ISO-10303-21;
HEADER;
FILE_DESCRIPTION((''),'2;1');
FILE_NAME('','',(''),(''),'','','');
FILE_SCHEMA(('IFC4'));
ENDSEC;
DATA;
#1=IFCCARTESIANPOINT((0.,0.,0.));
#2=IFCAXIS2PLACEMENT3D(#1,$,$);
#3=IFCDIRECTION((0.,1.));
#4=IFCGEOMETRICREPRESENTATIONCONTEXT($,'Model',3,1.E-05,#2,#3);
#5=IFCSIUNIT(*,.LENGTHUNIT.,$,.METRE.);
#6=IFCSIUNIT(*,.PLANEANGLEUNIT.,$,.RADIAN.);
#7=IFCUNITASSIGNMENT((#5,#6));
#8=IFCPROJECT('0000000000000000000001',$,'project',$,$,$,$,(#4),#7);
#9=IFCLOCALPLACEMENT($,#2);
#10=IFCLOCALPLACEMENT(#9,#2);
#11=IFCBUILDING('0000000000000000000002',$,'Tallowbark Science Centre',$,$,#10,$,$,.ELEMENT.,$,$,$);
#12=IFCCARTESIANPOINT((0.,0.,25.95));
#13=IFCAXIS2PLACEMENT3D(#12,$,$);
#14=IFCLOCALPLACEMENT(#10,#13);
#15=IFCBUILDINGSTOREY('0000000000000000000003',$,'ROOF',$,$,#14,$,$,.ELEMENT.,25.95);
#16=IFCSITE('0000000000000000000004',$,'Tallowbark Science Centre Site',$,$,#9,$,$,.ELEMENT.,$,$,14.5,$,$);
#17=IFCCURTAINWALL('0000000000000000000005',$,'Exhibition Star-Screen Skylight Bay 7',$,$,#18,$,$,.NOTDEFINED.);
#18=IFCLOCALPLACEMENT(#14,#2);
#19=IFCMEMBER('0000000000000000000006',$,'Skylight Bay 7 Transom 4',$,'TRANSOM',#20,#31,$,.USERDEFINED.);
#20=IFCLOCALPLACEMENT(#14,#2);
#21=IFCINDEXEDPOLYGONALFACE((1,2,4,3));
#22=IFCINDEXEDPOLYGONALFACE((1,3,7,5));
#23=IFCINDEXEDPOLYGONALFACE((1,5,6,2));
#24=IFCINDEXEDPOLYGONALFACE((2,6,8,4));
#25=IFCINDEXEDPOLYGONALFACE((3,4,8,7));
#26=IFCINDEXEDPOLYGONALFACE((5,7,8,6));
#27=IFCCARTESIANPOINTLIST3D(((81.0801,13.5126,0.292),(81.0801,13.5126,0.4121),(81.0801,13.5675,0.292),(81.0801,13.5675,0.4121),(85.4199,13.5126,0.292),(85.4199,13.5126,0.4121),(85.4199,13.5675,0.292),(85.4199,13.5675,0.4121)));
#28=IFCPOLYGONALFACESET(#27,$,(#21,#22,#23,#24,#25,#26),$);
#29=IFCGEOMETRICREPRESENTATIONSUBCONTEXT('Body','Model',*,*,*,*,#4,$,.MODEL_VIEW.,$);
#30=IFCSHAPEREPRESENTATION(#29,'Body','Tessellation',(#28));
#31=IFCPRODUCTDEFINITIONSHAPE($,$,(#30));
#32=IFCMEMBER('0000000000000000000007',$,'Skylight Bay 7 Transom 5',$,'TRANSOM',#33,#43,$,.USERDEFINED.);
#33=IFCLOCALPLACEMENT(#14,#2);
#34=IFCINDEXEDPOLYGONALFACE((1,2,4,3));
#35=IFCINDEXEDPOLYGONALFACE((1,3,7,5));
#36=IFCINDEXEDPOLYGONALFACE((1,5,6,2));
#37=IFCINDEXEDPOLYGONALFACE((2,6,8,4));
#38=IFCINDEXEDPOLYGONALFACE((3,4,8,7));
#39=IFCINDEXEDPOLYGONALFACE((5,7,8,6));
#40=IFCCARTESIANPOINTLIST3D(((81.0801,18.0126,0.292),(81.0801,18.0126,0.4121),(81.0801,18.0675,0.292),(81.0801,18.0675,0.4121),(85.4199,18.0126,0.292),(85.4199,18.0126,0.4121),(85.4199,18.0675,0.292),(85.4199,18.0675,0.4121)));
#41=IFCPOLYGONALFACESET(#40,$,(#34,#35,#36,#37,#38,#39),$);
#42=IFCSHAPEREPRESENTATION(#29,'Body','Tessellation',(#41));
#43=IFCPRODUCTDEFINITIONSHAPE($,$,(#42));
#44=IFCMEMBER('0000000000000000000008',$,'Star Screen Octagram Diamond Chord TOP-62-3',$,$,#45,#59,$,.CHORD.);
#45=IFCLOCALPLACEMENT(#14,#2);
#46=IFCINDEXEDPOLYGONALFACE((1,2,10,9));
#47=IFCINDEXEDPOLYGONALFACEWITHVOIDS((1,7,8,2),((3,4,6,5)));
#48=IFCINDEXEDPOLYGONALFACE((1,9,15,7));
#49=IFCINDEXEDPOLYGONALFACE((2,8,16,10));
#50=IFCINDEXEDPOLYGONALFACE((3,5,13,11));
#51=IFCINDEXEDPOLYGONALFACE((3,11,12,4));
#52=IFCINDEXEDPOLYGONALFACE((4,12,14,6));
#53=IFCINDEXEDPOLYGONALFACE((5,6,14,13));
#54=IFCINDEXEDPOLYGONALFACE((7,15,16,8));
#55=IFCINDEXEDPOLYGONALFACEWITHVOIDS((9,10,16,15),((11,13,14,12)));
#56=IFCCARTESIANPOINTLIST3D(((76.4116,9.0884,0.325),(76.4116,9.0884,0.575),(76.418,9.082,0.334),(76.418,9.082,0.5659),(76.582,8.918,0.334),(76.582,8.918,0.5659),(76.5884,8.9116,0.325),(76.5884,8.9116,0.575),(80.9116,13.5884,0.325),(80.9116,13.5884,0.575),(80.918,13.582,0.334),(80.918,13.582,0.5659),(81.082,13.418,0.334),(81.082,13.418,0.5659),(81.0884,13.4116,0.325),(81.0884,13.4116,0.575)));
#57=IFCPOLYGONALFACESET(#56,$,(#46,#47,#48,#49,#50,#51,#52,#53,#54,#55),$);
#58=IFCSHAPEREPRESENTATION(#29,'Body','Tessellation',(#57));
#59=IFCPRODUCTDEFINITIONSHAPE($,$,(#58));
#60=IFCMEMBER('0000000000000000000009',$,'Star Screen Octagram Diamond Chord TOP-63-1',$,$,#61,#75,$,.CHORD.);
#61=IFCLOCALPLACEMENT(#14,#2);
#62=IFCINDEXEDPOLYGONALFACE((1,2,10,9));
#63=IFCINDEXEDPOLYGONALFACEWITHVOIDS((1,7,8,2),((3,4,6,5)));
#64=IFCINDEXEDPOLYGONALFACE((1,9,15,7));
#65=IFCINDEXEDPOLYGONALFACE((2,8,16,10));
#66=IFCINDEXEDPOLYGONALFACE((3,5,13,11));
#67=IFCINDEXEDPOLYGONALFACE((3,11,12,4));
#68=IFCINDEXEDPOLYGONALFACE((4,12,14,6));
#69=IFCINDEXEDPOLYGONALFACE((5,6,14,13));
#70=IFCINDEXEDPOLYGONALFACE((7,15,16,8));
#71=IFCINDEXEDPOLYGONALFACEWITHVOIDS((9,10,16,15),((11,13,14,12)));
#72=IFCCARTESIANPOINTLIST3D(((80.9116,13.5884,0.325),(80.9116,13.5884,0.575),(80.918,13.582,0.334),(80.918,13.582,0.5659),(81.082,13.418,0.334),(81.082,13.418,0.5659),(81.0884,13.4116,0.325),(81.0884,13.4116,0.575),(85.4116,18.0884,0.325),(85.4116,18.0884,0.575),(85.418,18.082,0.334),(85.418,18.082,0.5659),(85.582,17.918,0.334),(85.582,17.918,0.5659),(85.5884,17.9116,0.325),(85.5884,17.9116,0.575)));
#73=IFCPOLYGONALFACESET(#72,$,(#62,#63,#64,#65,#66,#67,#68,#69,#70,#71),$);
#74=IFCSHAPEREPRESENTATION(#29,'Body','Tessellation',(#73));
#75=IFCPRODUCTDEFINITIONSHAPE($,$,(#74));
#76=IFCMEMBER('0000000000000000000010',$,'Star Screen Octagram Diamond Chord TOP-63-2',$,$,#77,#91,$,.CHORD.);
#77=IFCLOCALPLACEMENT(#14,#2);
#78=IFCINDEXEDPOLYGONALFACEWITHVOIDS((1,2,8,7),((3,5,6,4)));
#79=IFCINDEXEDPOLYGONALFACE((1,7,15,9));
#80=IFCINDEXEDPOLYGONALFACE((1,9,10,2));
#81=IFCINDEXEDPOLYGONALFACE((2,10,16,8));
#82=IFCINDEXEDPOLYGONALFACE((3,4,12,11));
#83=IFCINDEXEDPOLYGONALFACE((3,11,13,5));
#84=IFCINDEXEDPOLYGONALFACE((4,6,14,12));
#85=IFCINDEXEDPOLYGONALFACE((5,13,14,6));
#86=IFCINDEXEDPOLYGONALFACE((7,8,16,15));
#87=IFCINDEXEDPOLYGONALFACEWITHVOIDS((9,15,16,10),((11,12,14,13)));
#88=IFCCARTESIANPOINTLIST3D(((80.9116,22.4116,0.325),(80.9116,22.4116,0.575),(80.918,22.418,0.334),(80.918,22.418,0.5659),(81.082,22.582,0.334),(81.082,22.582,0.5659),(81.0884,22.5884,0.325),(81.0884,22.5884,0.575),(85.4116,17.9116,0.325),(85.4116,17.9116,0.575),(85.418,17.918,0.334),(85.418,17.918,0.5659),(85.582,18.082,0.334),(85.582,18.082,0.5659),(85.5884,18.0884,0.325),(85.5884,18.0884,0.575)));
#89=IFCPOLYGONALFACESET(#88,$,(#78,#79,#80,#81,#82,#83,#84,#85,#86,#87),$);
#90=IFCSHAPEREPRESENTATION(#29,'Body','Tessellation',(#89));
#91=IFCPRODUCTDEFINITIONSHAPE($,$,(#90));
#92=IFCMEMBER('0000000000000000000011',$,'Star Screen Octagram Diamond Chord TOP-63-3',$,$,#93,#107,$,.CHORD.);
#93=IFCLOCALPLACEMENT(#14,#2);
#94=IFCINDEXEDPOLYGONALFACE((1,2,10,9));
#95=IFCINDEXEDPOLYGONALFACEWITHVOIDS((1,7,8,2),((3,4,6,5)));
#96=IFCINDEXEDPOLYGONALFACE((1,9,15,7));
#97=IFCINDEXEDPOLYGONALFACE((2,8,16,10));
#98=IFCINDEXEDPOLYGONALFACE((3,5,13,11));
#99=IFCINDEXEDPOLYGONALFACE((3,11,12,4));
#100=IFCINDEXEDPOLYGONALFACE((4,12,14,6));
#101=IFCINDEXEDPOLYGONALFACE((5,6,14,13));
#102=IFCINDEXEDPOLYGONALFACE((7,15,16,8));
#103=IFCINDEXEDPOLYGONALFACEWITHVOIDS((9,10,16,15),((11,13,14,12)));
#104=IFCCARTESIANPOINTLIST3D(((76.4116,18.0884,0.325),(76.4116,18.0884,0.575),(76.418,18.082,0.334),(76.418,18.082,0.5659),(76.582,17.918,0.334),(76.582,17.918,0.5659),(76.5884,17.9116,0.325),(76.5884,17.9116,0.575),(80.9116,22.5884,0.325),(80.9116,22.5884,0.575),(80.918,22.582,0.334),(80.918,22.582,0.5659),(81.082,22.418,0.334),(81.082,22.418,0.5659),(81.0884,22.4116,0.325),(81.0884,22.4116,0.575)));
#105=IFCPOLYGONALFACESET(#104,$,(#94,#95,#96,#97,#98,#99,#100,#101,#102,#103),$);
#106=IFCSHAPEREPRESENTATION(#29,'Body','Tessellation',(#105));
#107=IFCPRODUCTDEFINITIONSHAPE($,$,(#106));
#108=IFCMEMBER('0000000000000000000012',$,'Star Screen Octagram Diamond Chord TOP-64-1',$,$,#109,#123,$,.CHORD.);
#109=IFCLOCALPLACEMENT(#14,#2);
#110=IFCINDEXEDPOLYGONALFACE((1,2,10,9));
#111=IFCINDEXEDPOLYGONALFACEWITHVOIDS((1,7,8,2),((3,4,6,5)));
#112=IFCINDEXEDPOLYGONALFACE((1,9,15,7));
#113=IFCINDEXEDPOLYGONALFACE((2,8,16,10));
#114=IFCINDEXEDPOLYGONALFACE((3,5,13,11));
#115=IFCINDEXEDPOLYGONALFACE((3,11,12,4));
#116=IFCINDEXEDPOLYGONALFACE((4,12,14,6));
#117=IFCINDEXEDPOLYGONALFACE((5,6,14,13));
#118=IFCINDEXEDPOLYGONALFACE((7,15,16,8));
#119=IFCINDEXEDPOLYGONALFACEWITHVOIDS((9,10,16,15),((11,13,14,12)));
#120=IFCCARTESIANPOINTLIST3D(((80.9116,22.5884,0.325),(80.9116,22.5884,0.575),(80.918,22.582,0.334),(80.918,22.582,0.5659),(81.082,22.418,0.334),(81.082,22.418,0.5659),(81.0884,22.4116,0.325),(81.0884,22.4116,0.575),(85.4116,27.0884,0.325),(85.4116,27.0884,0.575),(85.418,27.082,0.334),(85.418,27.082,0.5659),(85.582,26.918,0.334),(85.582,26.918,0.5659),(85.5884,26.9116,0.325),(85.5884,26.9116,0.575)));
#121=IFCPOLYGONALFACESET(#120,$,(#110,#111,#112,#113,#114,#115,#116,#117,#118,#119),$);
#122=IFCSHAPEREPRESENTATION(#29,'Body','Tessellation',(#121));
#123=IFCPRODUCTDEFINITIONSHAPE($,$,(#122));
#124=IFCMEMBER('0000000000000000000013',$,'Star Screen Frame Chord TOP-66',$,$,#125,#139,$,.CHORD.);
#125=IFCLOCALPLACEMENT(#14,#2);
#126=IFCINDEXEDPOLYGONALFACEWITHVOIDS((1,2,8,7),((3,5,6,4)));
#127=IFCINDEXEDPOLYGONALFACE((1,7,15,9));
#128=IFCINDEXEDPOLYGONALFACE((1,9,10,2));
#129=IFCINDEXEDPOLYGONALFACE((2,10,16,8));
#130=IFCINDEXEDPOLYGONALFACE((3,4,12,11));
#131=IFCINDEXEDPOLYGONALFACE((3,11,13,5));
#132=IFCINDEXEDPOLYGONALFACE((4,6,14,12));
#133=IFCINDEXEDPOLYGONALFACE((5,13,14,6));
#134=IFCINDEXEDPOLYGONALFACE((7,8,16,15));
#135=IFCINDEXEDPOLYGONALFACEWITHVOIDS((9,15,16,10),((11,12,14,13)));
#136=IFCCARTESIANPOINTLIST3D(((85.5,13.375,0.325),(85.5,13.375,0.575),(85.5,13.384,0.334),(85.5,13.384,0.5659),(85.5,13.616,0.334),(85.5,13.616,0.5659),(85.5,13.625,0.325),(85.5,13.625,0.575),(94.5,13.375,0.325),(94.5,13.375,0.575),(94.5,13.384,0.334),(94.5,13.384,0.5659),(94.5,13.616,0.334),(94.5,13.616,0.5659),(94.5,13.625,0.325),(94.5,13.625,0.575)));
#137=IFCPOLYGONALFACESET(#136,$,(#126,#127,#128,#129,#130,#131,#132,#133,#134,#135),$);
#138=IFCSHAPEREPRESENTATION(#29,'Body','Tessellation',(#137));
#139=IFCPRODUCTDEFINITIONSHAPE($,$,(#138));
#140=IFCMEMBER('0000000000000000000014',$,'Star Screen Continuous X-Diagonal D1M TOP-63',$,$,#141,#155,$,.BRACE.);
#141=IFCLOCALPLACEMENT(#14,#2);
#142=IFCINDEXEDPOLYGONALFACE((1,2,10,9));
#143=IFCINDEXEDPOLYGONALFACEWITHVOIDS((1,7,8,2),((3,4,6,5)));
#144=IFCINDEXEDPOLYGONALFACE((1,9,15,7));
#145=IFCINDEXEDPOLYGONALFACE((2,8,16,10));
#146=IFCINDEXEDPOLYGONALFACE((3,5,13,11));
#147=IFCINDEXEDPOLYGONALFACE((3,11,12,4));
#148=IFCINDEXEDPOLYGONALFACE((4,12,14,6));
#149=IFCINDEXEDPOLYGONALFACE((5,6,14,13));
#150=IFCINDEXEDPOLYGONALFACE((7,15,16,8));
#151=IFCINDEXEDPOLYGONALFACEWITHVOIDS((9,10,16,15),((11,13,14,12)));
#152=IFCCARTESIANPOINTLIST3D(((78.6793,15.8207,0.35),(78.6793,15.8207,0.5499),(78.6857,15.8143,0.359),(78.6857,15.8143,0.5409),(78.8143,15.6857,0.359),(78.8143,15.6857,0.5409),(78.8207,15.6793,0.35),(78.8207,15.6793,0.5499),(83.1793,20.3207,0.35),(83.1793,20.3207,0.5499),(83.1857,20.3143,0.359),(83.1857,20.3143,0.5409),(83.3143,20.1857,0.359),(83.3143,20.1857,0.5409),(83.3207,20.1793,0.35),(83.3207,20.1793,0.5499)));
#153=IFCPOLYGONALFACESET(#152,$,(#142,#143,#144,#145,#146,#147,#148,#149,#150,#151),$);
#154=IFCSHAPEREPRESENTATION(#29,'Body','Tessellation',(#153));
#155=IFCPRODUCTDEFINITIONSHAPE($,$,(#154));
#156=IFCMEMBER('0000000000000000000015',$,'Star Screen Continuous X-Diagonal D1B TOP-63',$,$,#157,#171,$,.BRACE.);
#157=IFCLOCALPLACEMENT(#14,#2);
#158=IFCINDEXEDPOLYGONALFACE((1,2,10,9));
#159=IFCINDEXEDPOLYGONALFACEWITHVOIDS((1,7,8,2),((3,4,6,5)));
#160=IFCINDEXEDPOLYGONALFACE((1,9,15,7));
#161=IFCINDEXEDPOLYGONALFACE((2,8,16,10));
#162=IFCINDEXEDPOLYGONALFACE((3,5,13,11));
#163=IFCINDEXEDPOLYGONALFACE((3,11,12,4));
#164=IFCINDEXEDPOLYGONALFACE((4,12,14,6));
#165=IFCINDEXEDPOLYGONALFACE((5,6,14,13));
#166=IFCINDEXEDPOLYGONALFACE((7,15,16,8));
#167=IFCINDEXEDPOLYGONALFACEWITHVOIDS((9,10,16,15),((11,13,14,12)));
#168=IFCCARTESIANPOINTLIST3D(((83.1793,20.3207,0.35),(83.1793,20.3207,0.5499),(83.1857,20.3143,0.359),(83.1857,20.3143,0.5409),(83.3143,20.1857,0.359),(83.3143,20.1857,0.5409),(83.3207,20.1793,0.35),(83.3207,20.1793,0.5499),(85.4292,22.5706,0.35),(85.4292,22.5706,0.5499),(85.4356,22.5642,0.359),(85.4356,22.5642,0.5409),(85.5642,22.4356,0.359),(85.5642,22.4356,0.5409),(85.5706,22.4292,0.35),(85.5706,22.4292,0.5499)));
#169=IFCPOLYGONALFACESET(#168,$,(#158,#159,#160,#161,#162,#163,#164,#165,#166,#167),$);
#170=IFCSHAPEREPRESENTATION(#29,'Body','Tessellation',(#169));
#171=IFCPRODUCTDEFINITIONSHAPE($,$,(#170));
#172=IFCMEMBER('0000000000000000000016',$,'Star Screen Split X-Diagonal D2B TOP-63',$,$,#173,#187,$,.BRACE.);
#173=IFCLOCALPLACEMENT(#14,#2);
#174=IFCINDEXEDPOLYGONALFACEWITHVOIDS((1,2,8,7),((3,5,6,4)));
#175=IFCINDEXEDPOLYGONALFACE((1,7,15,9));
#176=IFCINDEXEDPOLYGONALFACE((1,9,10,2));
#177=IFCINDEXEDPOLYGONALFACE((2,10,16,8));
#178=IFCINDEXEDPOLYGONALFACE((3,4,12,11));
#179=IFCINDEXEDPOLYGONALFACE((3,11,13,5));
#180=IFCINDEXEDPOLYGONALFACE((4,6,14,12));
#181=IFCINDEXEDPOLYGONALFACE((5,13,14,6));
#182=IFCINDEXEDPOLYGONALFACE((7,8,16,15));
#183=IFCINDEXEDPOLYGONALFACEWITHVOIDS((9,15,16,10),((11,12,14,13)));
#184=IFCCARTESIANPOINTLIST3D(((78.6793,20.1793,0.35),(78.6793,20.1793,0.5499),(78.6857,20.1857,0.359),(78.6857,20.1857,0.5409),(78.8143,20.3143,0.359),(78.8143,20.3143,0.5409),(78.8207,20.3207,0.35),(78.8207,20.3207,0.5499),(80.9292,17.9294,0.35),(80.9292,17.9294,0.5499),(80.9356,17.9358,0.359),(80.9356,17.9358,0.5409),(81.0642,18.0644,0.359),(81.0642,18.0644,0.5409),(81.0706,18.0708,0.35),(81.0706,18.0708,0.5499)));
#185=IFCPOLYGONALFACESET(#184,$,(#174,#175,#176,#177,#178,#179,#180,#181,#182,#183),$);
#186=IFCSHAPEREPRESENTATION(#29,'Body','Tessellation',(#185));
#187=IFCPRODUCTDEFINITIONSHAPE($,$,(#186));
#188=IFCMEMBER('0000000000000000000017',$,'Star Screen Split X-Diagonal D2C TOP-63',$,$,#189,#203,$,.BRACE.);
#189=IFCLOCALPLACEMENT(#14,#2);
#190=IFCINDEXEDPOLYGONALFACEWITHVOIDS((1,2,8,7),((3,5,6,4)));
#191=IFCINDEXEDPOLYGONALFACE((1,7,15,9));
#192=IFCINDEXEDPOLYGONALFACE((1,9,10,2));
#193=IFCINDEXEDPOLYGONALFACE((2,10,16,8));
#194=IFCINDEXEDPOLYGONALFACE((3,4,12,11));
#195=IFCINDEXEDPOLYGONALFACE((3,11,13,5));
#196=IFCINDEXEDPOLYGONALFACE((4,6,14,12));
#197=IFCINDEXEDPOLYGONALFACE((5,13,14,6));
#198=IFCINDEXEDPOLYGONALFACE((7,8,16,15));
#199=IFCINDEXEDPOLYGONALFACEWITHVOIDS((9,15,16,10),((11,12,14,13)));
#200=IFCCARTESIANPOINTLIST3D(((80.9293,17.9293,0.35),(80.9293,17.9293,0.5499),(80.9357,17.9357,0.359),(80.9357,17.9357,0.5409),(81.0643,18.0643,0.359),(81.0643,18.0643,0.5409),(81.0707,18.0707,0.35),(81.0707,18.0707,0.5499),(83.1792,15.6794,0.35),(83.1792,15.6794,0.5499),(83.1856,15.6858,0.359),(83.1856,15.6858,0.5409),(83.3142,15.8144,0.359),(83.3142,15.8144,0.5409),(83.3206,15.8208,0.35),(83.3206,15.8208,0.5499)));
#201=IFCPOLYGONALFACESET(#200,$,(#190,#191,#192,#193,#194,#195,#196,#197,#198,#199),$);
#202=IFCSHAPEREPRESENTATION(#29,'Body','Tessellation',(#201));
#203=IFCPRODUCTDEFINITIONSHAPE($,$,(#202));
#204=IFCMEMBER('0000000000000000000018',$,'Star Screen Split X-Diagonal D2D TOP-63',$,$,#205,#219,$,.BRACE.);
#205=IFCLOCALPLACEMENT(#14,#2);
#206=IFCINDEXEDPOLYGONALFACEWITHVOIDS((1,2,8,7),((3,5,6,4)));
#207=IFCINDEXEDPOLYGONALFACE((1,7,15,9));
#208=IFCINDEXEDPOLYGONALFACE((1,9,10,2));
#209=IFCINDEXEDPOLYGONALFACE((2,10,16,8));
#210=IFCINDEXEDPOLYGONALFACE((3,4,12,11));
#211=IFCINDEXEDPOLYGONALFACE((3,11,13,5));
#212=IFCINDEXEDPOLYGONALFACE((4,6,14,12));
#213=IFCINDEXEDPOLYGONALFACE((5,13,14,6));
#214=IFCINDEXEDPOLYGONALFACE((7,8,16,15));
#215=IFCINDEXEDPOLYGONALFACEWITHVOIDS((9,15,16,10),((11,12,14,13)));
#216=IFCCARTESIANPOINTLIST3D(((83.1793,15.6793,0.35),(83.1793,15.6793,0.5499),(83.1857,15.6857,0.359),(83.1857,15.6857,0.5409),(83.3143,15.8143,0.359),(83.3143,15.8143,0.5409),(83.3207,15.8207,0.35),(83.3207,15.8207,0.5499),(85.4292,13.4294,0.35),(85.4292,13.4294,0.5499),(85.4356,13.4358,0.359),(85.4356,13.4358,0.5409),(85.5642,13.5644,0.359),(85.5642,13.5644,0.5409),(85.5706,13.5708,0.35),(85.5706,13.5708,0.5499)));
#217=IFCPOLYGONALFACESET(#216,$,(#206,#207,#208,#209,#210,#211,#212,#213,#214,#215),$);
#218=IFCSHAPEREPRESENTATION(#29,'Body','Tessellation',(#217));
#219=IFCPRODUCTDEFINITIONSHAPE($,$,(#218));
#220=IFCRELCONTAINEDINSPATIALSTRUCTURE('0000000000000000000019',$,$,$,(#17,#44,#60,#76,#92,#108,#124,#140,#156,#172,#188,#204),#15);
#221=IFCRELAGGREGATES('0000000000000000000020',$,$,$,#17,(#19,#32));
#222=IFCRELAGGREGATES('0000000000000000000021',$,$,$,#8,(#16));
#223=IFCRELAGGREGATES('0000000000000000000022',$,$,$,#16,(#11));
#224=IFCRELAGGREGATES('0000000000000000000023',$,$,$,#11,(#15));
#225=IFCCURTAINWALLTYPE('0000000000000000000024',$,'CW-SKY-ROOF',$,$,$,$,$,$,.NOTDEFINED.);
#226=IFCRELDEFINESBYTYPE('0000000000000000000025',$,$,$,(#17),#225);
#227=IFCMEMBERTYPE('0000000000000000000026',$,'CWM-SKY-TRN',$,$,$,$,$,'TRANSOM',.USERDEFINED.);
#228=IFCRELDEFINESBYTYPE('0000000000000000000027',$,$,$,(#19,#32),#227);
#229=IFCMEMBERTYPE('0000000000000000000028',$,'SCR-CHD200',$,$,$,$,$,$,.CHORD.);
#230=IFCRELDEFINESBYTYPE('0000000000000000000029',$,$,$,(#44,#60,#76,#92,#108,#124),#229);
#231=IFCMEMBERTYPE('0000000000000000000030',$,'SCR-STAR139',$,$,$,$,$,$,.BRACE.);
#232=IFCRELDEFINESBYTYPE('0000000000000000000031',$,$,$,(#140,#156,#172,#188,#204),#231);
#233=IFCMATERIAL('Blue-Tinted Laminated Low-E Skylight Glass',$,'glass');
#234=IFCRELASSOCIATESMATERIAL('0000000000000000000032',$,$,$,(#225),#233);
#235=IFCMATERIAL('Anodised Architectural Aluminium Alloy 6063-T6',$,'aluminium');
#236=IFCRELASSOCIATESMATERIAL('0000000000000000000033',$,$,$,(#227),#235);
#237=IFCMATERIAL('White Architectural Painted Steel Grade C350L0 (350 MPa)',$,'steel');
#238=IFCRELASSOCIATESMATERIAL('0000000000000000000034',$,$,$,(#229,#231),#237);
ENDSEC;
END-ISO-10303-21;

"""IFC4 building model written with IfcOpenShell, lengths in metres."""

from ifc_helpers import new_model, si_unit, direction, frame, origin, origin_2d, place, context, subcontext, project, spatial, rectangle, hollow_rectangle, extrude, material, material_profile, profile_set, type_object, element, aggregate, save


model = new_model("IFC4")

# Units and contexts
model_context = context("Model", 3, precision=1e-05, world=origin(), true_north=direction((0.0, 1.0)))
body_context = subcontext(model_context, "Body", "Model", "MODEL_VIEW")
ifc_project = project(units=[si_unit("LENGTHUNIT", "METRE"), si_unit("PLANEANGLEUNIT", "RADIAN")], contexts=[model_context])

# Site, building, storey
site_placement = place(None, origin())
site = spatial("IfcSite", under=ifc_project, at=site_placement, Name="Tallowbark Science Centre Site", CompositionType="ELEMENT", RefElevation=14.5)
building_placement = place(site_placement, origin())
building = spatial("IfcBuilding", under=site, at=building_placement, Name="Tallowbark Science Centre", CompositionType="ELEMENT")
storey_placement = place(building_placement, frame((0.0, 0.0, 25.95)))
storey = spatial("IfcBuildingStorey", under=building, at=storey_placement, Name="ROOF", CompositionType="ELEMENT", Elevation=25.95)

# Curtain wall, members
ifc_material_1 = material(Name="Blue-Tinted Laminated Low-E Skylight Glass", Category="glass")
curtain_wall_type = type_object("IfcCurtainWallType", Name="CW-SKY-ROOF", PredefinedType="NOTDEFINED", material=ifc_material_1)
curtain_wall_1_placement = place(storey_placement, origin())
curtain_wall_1 = element("IfcCurtainWall", 1, at=curtain_wall_1_placement, inside=storey, type_object=curtain_wall_type, Name="Exhibition Star-Screen Skylight Bay 7", PredefinedType="NOTDEFINED")
ifc_material_2 = material(Name="Anodised Architectural Aluminium Alloy 6063-T6", Category="aluminium")
ifc_material_profile_1 = material_profile(ifc_material_2, rectangle(XDim=0.0549, YDim=0.1201, at=origin_2d()), Name="ALU55x120")
ifc_profile_set_1 = profile_set([ifc_material_profile_1], Name="Anodised Architectural Aluminium Alloy 6063-T6")
member_type_1 = type_object("IfcMemberType", Name="CWM-SKY-TRN", ElementType="TRANSOM", PredefinedType="USERDEFINED", material=ifc_profile_set_1)
member_1_placement = place(storey_placement, frame((81.0801, 13.54, 0.3521), z_axis=(1.0, 0.0, 0.0), x_axis=(0.0, 1.0, 0.0)))
member_1 = element("IfcMember", 2, at=member_1_placement, type_object=member_type_1, Name="Skylight Bay 7 Transom 4", ObjectType="TRANSOM", PredefinedType="USERDEFINED", context=body_context, shape_type="SweptSolid", body=[
    extrude(rectangle(XDim=0.0549, YDim=0.1201, at=origin_2d()), origin(), (0.0, 0.0, 1.0), 4.3398),
])
member_2_placement = place(storey_placement, frame((81.0801, 18.04, 0.3521), z_axis=(1.0, 0.0, 0.0), x_axis=(0.0, 1.0, 0.0)))
member_2 = element("IfcMember", 3, at=member_2_placement, type_object=member_type_1, Name="Skylight Bay 7 Transom 5", ObjectType="TRANSOM", PredefinedType="USERDEFINED", context=body_context, shape_type="SweptSolid", body=[
    extrude(rectangle(XDim=0.0549, YDim=0.1201, at=origin_2d()), origin(), (0.0, 0.0, 1.0), 4.3398),
])

# Members
ifc_material_3 = material(Name="White Architectural Painted Steel Grade C350L0 (350 MPa)", Category="steel")
ifc_material_profile_2 = material_profile(ifc_material_3, hollow_rectangle(XDim=0.25, YDim=0.25, WallThickness=0.009, at=origin_2d()), Name="250x250x9.0SHS")
ifc_profile_set_2 = profile_set([ifc_material_profile_2], Name="White Architectural Painted Steel Grade C350L0 (350 MPa)")
member_type_2 = type_object("IfcMemberType", Name="SCR-CHD200", PredefinedType="CHORD", material=ifc_profile_set_2)
for number, where, z_axis, x_axis, name in (
    (4, (81.0, 13.5, 0.45), (-0.707107, -0.707107, 0.0), (0.707107, -0.707107, 0.0), "Star Screen Octagram Diamond Chord TOP-62-3"),
    (5, (81.0, 13.5, 0.45), (0.707107, 0.707107, 0.0), (-0.707107, 0.707107, 0.0), "Star Screen Octagram Diamond Chord TOP-63-1"),
    (6, (85.5, 18.0, 0.45), (-0.707107, 0.707107, 0.0), (-0.707107, -0.707107, 0.0), "Star Screen Octagram Diamond Chord TOP-63-2"),
    (7, (81.0, 22.5, 0.45), (-0.707107, -0.707107, 0.0), (0.707107, -0.707107, 0.0), "Star Screen Octagram Diamond Chord TOP-63-3"),
    (8, (81.0, 22.5, 0.45), (0.707107, 0.707107, 0.0), (-0.707107, 0.707107, 0.0), "Star Screen Octagram Diamond Chord TOP-64-1"),
):
    element("IfcMember", number, at=place(storey_placement, frame(where, z_axis=z_axis, x_axis=x_axis)), inside=storey, type_object=member_type_2, Name=name, PredefinedType="CHORD", context=body_context, shape_type="SweptSolid", body=[
        extrude(hollow_rectangle(XDim=0.25, YDim=0.25, WallThickness=0.009, at=origin_2d()), origin(), (0.0, 0.0, 1.0), 6.364),
    ])
member_3_placement = place(storey_placement, frame((85.5, 13.5, 0.45), z_axis=(1.0, 0.0, 0.0), x_axis=(0.0, 1.0, 0.0)))
element("IfcMember", 9, at=member_3_placement, inside=storey, type_object=member_type_2, Name="Star Screen Frame Chord TOP-66", PredefinedType="CHORD", context=body_context, shape_type="SweptSolid", body=[
    extrude(hollow_rectangle(XDim=0.25, YDim=0.25, WallThickness=0.009, at=origin_2d()), origin(), (0.0, 0.0, 1.0), 9.0),
])
ifc_material_profile_3 = material_profile(ifc_material_3, hollow_rectangle(XDim=0.2, YDim=0.2, WallThickness=0.009, at=origin_2d()), Name="200x200x9.0SHS")
ifc_profile_set_3 = profile_set([ifc_material_profile_3], Name="White Architectural Painted Steel Grade C350L0 (350 MPa)")
member_type_3 = type_object("IfcMemberType", Name="SCR-STAR139", PredefinedType="BRACE", material=ifc_profile_set_3)
member_4_placement = place(storey_placement, frame((78.75, 15.75, 0.45), z_axis=(0.707107, 0.707107, 0.0), x_axis=(-0.707107, 0.707107, 0.0)))
element("IfcMember", 10, at=member_4_placement, inside=storey, type_object=member_type_3, Name="Star Screen Continuous X-Diagonal D1M TOP-63", PredefinedType="BRACE", context=body_context, shape_type="SweptSolid", body=[
    extrude(hollow_rectangle(XDim=0.2, YDim=0.2, WallThickness=0.009, at=origin_2d()), origin(), (0.0, 0.0, 1.0), 6.364),
])
for number, where, z_axis, x_axis, name in (
    (11, (83.25, 20.25, 0.45), (0.707107, 0.707107, 0.0), (-0.707107, 0.707107, 0.0), "Star Screen Continuous X-Diagonal D1B TOP-63"),
    (12, (78.75, 20.25, 0.45), (0.707107, -0.707107, 0.0), (0.707107, 0.707107, 0.0), "Star Screen Split X-Diagonal D2B TOP-63"),
    (13, (81.0, 18.0, 0.45), (0.707107, -0.707107, 0.0), (0.707107, 0.707107, 0.0), "Star Screen Split X-Diagonal D2C TOP-63"),
    (14, (83.25, 15.75, 0.45), (0.707107, -0.707107, 0.0), (0.707107, 0.707107, 0.0), "Star Screen Split X-Diagonal D2D TOP-63"),
):
    element("IfcMember", number, at=place(storey_placement, frame(where, z_axis=z_axis, x_axis=x_axis)), inside=storey, type_object=member_type_3, Name=name, PredefinedType="BRACE", context=body_context, shape_type="SweptSolid", body=[
        extrude(hollow_rectangle(XDim=0.2, YDim=0.2, WallThickness=0.009, at=origin_2d()), origin(), (0.0, 0.0, 1.0), 3.1819),
    ])

aggregate(curtain_wall_1, [member_1, member_2])

save(model, "model.ifc")
